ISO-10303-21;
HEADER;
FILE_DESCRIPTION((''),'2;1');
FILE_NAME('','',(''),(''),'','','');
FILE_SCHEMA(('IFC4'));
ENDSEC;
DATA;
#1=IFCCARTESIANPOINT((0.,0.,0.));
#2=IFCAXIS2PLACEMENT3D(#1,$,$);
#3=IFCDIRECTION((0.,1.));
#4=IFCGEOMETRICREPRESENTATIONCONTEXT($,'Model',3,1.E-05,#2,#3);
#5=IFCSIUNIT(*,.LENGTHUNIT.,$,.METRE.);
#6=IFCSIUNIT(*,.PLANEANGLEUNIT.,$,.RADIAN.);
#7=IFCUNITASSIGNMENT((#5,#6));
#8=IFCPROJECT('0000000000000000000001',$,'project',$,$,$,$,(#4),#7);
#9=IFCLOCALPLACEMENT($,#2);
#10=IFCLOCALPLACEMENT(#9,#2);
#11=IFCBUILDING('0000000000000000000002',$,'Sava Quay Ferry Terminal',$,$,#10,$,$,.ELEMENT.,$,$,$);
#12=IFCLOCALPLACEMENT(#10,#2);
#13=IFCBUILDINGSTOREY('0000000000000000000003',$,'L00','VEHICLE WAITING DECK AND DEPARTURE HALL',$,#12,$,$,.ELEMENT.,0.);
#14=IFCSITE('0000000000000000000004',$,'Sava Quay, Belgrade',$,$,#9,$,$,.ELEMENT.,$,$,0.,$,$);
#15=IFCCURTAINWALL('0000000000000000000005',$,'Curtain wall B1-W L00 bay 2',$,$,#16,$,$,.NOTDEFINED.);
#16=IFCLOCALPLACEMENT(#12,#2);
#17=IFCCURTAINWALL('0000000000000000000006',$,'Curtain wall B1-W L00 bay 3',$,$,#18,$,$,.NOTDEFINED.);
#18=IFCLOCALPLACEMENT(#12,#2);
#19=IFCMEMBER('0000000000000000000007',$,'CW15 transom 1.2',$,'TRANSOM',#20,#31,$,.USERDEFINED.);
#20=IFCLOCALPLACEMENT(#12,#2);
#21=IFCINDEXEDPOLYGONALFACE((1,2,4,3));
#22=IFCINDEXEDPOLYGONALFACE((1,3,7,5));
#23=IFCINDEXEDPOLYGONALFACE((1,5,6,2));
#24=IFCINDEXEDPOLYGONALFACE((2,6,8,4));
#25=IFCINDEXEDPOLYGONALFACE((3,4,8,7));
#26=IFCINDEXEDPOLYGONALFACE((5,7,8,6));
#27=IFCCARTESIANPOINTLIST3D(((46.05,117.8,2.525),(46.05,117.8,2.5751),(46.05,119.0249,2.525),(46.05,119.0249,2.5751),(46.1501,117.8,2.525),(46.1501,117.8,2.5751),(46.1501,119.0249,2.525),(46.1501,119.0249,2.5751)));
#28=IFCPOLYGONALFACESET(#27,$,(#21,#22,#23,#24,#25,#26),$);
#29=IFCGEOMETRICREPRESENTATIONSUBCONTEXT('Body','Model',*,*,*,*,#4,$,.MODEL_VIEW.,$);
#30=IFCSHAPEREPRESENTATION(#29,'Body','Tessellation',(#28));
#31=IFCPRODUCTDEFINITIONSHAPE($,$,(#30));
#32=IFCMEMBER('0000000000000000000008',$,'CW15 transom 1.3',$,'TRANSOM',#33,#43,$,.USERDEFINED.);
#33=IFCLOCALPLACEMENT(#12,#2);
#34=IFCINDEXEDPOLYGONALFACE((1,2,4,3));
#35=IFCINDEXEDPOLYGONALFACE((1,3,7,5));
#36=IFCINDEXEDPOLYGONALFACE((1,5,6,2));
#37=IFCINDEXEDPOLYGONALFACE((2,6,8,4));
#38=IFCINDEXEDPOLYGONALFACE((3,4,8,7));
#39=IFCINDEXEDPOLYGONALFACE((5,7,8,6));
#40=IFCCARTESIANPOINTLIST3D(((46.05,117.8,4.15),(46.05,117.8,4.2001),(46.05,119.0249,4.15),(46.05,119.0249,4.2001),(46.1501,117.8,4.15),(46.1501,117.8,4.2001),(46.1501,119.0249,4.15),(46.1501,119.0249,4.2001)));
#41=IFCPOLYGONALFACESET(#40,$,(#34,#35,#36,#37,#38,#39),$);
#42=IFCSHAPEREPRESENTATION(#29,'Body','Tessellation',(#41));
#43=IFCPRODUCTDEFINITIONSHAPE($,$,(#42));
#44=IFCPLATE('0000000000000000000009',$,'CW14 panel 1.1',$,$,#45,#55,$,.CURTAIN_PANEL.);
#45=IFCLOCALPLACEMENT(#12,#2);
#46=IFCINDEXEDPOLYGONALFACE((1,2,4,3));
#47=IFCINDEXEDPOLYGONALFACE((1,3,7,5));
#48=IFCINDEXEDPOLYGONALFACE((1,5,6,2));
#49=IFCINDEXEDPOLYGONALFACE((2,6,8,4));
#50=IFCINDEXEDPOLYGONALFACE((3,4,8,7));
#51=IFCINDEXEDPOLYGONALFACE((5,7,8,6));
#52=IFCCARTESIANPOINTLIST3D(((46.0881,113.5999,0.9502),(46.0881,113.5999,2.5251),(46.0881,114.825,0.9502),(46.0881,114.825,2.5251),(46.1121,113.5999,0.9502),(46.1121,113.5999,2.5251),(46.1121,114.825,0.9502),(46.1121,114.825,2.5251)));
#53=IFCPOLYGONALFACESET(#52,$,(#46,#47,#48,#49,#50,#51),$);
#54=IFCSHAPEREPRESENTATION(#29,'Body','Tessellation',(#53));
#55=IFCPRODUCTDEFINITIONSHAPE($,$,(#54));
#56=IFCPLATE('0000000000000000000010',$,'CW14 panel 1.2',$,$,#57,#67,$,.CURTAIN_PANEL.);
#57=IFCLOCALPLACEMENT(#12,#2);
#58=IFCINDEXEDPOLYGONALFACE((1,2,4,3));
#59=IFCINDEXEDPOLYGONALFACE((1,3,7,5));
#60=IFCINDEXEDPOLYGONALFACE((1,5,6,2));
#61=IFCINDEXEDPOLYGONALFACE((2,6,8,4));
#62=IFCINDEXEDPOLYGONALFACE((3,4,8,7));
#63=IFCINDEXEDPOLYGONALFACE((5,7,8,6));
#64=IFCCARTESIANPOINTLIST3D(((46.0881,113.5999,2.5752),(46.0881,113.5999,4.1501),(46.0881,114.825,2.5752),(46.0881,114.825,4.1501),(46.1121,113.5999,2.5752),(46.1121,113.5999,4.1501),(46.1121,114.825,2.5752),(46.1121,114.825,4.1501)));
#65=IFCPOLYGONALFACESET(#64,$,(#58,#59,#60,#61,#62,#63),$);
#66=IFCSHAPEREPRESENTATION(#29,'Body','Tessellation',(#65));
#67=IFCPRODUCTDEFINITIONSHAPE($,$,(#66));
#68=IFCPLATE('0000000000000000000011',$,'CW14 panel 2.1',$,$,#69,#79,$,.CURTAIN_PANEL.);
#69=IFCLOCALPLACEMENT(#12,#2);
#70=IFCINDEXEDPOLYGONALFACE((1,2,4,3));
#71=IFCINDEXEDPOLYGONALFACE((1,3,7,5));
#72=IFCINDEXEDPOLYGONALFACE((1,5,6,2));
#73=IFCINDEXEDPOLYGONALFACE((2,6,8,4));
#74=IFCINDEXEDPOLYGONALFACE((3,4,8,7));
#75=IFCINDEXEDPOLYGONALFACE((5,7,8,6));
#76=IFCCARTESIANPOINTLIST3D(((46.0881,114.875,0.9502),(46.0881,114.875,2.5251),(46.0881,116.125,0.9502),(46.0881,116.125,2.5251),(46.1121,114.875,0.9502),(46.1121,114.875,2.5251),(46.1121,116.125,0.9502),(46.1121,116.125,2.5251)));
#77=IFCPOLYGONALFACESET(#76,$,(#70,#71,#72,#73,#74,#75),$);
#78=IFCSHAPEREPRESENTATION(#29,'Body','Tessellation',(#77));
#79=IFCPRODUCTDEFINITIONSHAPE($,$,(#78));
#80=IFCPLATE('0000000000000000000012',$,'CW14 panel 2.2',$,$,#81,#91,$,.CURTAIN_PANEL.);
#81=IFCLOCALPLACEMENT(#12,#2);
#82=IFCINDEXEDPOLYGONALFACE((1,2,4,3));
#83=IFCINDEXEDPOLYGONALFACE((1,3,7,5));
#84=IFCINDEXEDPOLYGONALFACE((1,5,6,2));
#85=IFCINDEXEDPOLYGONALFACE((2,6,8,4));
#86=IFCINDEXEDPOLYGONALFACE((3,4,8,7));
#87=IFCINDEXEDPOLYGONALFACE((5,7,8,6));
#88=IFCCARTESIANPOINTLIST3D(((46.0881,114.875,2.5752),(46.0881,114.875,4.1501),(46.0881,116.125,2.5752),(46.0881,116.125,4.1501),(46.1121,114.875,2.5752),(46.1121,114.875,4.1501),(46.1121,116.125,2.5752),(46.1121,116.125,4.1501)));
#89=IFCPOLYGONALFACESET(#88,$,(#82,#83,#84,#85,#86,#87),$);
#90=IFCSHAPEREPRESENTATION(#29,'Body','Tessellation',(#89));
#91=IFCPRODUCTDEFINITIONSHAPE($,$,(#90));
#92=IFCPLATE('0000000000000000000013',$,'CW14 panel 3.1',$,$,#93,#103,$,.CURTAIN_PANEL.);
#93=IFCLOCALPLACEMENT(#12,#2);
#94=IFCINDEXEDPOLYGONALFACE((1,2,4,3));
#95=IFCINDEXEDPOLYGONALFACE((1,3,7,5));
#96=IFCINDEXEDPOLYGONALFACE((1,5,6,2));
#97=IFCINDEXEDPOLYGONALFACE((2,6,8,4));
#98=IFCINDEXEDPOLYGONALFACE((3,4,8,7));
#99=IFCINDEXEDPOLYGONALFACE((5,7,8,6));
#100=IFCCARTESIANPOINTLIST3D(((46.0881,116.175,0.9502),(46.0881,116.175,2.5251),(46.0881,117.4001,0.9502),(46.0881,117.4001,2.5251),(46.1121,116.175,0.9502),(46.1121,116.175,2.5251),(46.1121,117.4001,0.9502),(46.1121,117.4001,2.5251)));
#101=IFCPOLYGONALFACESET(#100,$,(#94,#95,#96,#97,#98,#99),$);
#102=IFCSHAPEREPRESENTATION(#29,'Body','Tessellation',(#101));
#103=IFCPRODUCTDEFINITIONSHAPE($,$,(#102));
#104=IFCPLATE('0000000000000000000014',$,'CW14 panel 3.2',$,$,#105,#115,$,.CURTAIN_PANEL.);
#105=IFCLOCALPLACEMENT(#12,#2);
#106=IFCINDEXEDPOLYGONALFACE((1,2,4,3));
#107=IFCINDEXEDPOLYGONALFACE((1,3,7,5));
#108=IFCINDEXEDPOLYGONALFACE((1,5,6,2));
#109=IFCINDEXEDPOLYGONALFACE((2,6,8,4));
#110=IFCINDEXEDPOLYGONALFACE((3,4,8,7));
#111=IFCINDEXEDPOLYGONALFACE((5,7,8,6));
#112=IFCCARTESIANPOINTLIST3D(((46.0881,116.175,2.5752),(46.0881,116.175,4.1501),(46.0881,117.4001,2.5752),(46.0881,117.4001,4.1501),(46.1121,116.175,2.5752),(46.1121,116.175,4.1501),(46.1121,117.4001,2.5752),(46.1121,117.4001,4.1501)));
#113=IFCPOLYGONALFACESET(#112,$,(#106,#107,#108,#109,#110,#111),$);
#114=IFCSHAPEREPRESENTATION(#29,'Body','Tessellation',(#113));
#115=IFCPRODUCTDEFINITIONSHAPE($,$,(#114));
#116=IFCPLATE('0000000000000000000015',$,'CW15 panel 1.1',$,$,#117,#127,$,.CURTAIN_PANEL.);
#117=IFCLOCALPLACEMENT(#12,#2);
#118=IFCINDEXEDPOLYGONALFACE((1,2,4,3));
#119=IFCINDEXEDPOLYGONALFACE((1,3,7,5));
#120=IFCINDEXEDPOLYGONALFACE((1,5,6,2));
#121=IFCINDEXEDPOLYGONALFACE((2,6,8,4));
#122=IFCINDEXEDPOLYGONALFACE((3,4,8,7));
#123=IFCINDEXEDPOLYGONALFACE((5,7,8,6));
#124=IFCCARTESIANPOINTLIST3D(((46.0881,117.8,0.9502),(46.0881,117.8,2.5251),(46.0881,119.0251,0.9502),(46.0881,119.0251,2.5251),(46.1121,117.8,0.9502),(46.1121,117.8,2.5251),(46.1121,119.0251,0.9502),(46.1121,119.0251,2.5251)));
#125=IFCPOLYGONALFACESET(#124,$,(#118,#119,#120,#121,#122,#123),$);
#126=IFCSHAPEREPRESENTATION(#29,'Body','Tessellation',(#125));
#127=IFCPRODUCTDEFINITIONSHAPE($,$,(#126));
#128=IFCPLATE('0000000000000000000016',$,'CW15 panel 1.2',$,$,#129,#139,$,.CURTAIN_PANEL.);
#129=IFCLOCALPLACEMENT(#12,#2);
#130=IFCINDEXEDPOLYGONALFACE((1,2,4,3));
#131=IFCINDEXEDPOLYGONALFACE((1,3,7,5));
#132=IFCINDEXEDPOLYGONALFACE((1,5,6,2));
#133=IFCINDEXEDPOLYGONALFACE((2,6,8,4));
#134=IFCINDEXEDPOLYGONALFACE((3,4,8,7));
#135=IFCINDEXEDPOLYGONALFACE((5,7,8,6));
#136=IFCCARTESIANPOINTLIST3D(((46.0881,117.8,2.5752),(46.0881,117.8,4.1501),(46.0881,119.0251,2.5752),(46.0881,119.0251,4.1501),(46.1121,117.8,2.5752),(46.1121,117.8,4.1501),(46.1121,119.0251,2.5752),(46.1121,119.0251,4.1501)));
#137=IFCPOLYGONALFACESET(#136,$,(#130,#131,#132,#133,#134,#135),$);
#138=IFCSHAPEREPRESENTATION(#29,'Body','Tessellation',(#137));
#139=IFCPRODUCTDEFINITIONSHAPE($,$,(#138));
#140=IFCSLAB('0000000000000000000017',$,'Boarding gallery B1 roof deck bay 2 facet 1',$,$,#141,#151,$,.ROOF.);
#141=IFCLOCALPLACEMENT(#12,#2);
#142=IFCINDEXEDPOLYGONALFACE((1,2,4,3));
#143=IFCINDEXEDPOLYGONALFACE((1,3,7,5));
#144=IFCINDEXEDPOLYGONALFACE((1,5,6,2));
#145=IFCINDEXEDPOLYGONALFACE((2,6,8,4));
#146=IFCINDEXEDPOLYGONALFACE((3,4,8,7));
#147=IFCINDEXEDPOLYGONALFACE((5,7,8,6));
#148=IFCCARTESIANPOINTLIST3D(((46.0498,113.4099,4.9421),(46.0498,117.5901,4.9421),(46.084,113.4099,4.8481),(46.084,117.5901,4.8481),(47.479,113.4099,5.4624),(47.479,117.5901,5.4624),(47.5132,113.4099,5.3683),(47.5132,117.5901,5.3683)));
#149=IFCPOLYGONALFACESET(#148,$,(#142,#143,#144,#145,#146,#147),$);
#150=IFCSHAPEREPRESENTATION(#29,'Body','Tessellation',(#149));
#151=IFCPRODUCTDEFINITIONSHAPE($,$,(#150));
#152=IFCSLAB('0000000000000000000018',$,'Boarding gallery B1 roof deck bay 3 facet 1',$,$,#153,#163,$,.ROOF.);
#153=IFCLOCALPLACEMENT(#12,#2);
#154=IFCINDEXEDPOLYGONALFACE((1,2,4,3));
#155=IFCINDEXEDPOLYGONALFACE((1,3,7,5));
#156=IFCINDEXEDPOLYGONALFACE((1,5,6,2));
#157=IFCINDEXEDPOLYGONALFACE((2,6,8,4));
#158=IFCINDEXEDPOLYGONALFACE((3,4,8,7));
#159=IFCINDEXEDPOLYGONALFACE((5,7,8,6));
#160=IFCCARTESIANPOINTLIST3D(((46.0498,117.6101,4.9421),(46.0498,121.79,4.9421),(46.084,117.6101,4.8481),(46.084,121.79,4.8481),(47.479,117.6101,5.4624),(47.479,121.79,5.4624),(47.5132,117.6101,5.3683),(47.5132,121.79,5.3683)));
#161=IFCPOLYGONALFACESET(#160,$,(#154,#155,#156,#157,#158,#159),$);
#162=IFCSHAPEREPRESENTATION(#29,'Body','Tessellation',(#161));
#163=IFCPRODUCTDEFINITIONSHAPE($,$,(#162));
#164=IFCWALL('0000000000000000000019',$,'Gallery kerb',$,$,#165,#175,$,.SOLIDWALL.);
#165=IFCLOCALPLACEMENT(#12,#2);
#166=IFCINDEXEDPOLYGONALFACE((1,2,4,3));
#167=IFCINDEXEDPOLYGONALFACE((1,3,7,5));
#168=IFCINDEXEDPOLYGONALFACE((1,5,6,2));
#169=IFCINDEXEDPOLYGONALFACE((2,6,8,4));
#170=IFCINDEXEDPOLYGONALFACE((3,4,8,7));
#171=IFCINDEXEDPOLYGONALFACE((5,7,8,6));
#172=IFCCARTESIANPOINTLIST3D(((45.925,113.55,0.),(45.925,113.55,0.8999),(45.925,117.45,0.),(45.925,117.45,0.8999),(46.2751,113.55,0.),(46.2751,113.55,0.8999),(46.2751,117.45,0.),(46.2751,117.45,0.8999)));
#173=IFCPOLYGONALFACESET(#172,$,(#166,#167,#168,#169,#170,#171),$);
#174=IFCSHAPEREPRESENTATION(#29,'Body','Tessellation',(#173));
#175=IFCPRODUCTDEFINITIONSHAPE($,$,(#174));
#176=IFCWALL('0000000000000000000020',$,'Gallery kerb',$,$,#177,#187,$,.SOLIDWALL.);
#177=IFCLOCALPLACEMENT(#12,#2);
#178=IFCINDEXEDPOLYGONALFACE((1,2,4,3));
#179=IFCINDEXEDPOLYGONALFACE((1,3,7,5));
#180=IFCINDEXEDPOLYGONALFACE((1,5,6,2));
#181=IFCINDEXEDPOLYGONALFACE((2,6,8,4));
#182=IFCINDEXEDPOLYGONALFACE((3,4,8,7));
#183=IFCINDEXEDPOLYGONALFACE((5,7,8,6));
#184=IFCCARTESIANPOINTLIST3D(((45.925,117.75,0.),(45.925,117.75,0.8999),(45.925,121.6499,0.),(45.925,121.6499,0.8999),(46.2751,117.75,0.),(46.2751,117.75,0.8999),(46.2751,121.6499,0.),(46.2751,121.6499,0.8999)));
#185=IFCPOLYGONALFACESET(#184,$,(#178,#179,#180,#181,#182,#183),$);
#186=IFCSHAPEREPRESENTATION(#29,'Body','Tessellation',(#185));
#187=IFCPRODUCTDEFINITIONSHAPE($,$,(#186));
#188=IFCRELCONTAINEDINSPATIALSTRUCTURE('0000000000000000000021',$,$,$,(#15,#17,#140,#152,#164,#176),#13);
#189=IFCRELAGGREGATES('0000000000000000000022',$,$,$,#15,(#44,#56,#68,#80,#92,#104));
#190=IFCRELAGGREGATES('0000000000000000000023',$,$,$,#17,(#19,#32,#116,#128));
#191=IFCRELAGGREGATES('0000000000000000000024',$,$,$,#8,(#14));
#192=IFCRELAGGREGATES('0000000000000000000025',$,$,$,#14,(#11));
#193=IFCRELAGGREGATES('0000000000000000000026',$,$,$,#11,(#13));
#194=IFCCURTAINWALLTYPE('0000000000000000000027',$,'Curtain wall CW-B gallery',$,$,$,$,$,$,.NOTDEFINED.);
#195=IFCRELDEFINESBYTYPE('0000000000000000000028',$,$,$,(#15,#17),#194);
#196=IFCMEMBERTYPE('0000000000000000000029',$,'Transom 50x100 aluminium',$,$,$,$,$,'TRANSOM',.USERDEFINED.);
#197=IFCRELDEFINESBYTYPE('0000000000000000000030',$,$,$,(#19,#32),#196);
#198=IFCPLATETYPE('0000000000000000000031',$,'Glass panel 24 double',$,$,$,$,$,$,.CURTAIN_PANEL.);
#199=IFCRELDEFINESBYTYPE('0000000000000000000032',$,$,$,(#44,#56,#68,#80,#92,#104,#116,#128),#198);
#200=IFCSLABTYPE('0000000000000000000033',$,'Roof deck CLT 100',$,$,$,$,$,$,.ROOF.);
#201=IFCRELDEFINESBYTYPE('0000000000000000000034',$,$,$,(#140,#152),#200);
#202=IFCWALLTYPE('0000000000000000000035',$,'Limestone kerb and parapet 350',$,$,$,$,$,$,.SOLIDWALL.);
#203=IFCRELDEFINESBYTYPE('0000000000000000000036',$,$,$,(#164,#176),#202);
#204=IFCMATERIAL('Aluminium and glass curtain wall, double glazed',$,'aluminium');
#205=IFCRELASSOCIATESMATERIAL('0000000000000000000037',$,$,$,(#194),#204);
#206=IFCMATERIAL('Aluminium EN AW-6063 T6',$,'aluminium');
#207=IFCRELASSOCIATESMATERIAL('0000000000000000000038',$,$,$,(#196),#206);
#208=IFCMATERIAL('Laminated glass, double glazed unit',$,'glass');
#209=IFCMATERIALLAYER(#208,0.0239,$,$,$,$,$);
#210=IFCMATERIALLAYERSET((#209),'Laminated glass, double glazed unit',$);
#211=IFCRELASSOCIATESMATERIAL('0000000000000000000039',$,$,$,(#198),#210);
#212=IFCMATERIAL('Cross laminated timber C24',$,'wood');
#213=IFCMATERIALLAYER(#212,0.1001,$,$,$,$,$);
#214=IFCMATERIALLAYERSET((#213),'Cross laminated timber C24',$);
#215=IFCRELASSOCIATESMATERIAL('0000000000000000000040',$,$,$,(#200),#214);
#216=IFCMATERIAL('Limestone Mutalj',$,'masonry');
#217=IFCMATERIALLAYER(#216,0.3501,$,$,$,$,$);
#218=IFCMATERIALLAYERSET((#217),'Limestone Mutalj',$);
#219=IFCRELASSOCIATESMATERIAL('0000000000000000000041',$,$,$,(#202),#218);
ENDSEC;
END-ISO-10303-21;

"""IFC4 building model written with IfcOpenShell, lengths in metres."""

from ifc_helpers import new_model, si_unit, direction, frame, frame_2d, origin, origin_2d, place, context, subcontext, project, spatial, polyline, rectangle, outline, extrude, material, layer, layer_set, material_profile, profile_set, type_object, element, aggregate, save


model = new_model("IFC4")

# Units and contexts
model_context = context("Model", 3, precision=1e-05, world=origin(), true_north=direction((0.0, 1.0)))
body_context = subcontext(model_context, "Body", "Model", "MODEL_VIEW")
ifc_project = project(units=[si_unit("LENGTHUNIT", "METRE"), si_unit("PLANEANGLEUNIT", "RADIAN")], contexts=[model_context])

# Site, building, storey
site_placement = place(None, origin())
site = spatial("IfcSite", under=ifc_project, at=site_placement, Name="Sava Quay, Belgrade", CompositionType="ELEMENT", RefElevation=0.0)
building_placement = place(site_placement, origin())
building = spatial("IfcBuilding", under=site, at=building_placement, Name="Sava Quay Ferry Terminal", CompositionType="ELEMENT")
storey_placement = place(building_placement, origin())
storey = spatial("IfcBuildingStorey", under=building, at=storey_placement, Name="L00", Description="VEHICLE WAITING DECK AND DEPARTURE HALL", CompositionType="ELEMENT", Elevation=0.0)

# Curtain wall
ifc_material_1 = material(Name="Aluminium and glass curtain wall, double glazed", Category="aluminium")
curtain_wall_type = type_object("IfcCurtainWallType", Name="Curtain wall CW-B gallery", PredefinedType="NOTDEFINED", material=ifc_material_1)
curtain_wall_1_placement = place(storey_placement, origin())
curtain_wall_1 = element("IfcCurtainWall", 1, at=curtain_wall_1_placement, inside=storey, type_object=curtain_wall_type, Name="Curtain wall B1-W L00 bay 2", PredefinedType="NOTDEFINED")

# Curtain wall
curtain_wall_2_placement = place(storey_placement, origin())
curtain_wall_2 = element("IfcCurtainWall", 2, at=curtain_wall_2_placement, inside=storey, type_object=curtain_wall_type, Name="Curtain wall B1-W L00 bay 3", PredefinedType="NOTDEFINED")

# Members
ifc_material_2 = material(Name="Aluminium EN AW-6063 T6", Category="aluminium")
ifc_material_profile_1 = material_profile(ifc_material_2, rectangle(XDim=0.1001, YDim=0.05, at=origin_2d()), Name="Transom 50x100 aluminium")
ifc_profile_set_1 = profile_set([ifc_material_profile_1], Name="Aluminium EN AW-6063 T6")
member_type_1 = type_object("IfcMemberType", Name="Transom 50x100 aluminium", ElementType="TRANSOM", PredefinedType="USERDEFINED", material=ifc_profile_set_1)
member_1_placement = place(storey_placement, frame((46.1001, 117.8, 2.55), z_axis=(0.0, 1.0, 0.0), x_axis=(-1.0, 0.0, 0.0)))
member_1 = element("IfcMember", 3, at=member_1_placement, type_object=member_type_1, Name="CW15 transom 1.2", ObjectType="TRANSOM", PredefinedType="USERDEFINED", context=body_context, shape_type="SweptSolid", body=[
    extrude(rectangle(XDim=0.1001, YDim=0.05, at=origin_2d()), origin(), (0.0, 0.0, 1.0), 1.2249),
])
member_2_placement = place(storey_placement, frame((46.1001, 117.8, 4.175), z_axis=(0.0, 1.0, 0.0), x_axis=(-1.0, 0.0, 0.0)))
member_2 = element("IfcMember", 4, at=member_2_placement, type_object=member_type_1, Name="CW15 transom 1.3", ObjectType="TRANSOM", PredefinedType="USERDEFINED", context=body_context, shape_type="SweptSolid", body=[
    extrude(rectangle(XDim=0.1001, YDim=0.05, at=origin_2d()), origin(), (0.0, 0.0, 1.0), 1.2249),
])

# Plates
ifc_material_3 = material(Name="Laminated glass, double glazed unit", Category="glass")
ifc_layer_1 = layer(ifc_material_3, 0.0239)
ifc_layer_set_1 = layer_set([ifc_layer_1], Name="Laminated glass, double glazed unit")
plate_type = type_object("IfcPlateType", Name="Glass panel 24 double", PredefinedType="CURTAIN_PANEL", material=ifc_layer_set_1)
plate_1_placement = place(storey_placement, frame((46.1001, 114.2124, 0.9502), z_axis=(0.0, 0.0, 1.0), x_axis=(0.0, 1.0, 0.0)))
plate_1 = element("IfcPlate", 5, at=plate_1_placement, type_object=plate_type, Name="CW14 panel 1.1", PredefinedType="CURTAIN_PANEL", context=body_context, shape_type="SweptSolid", body=[
    extrude(rectangle(XDim=1.2251, YDim=0.0239, at=origin_2d()), origin(), (0.0, 0.0, 1.0), 1.575),
])
plate_2_placement = place(storey_placement, frame((46.1001, 114.2124, 2.5752), z_axis=(0.0, 0.0, 1.0), x_axis=(0.0, 1.0, 0.0)))
plate_2 = element("IfcPlate", 6, at=plate_2_placement, type_object=plate_type, Name="CW14 panel 1.2", PredefinedType="CURTAIN_PANEL", context=body_context, shape_type="SweptSolid", body=[
    extrude(rectangle(XDim=1.2251, YDim=0.0239, at=origin_2d()), origin(), (0.0, 0.0, 1.0), 1.575),
])
plate_3_placement = place(storey_placement, frame((46.1001, 115.5, 0.9502), z_axis=(0.0, 0.0, 1.0), x_axis=(0.0, 1.0, 0.0)))
plate_3 = element("IfcPlate", 7, at=plate_3_placement, type_object=plate_type, Name="CW14 panel 2.1", PredefinedType="CURTAIN_PANEL", context=body_context, shape_type="SweptSolid", body=[
    extrude(rectangle(XDim=1.25, YDim=0.0239, at=origin_2d()), origin(), (0.0, 0.0, 1.0), 1.575),
])
plate_4_placement = place(storey_placement, frame((46.1001, 115.5, 2.5752), z_axis=(0.0, 0.0, 1.0), x_axis=(0.0, 1.0, 0.0)))
plate_4 = element("IfcPlate", 8, at=plate_4_placement, type_object=plate_type, Name="CW14 panel 2.2", PredefinedType="CURTAIN_PANEL", context=body_context, shape_type="SweptSolid", body=[
    extrude(rectangle(XDim=1.25, YDim=0.0239, at=origin_2d()), origin(), (0.0, 0.0, 1.0), 1.575),
])
plate_5_placement = place(storey_placement, frame((46.1001, 116.7876, 0.9502), z_axis=(0.0, 0.0, 1.0), x_axis=(0.0, 1.0, 0.0)))
plate_5 = element("IfcPlate", 9, at=plate_5_placement, type_object=plate_type, Name="CW14 panel 3.1", PredefinedType="CURTAIN_PANEL", context=body_context, shape_type="SweptSolid", body=[
    extrude(rectangle(XDim=1.2251, YDim=0.0239, at=origin_2d()), origin(), (0.0, 0.0, 1.0), 1.575),
])
plate_6_placement = place(storey_placement, frame((46.1001, 116.7876, 2.5752), z_axis=(0.0, 0.0, 1.0), x_axis=(0.0, 1.0, 0.0)))
plate_6 = element("IfcPlate", 10, at=plate_6_placement, type_object=plate_type, Name="CW14 panel 3.2", PredefinedType="CURTAIN_PANEL", context=body_context, shape_type="SweptSolid", body=[
    extrude(rectangle(XDim=1.2251, YDim=0.0239, at=origin_2d()), origin(), (0.0, 0.0, 1.0), 1.575),
])
aggregate(curtain_wall_1, [plate_1, plate_2, plate_3, plate_4, plate_5, plate_6])
plate_7_placement = place(storey_placement, frame((46.1001, 118.4126, 0.9502), z_axis=(0.0, 0.0, 1.0), x_axis=(0.0, 1.0, 0.0)))
plate_7 = element("IfcPlate", 11, at=plate_7_placement, type_object=plate_type, Name="CW15 panel 1.1", PredefinedType="CURTAIN_PANEL", context=body_context, shape_type="SweptSolid", body=[
    extrude(rectangle(XDim=1.2251, YDim=0.0239, at=origin_2d()), origin(), (0.0, 0.0, 1.0), 1.575),
])
plate_8_placement = place(storey_placement, frame((46.1001, 118.4126, 2.5752), z_axis=(0.0, 0.0, 1.0), x_axis=(0.0, 1.0, 0.0)))
plate_8 = element("IfcPlate", 12, at=plate_8_placement, type_object=plate_type, Name="CW15 panel 1.2", PredefinedType="CURTAIN_PANEL", context=body_context, shape_type="SweptSolid", body=[
    extrude(rectangle(XDim=1.2251, YDim=0.0239, at=origin_2d()), origin(), (0.0, 0.0, 1.0), 1.575),
])
aggregate(curtain_wall_2, [member_1, member_2, plate_7, plate_8])

# Slabs
ifc_material_4 = material(Name="Cross laminated timber C24", Category="wood")
ifc_layer_2 = layer(ifc_material_4, 0.1001)
ifc_layer_set_2 = layer_set([ifc_layer_2], Name="Cross laminated timber C24")
slab_type = type_object("IfcSlabType", Name="Roof deck CLT 100", PredefinedType="ROOF", material=ifc_layer_set_2)
slab_1_placement = place(storey_placement, frame((46.0498, 113.4099, 4.9421), z_axis=(-0.342065, 0.0, 0.939676), x_axis=(0.939676, 0.0, 0.342065)))
element("IfcSlab", 13, at=slab_1_placement, inside=storey, type_object=slab_type, Name="Boarding gallery B1 roof deck bay 2 facet 1", PredefinedType="ROOF", context=body_context, shape_type="SweptSolid", body=[
    extrude(outline(polyline([(0.0, 0.0), (1.5209, 0.0), (1.5209, 4.1802), (0.0, 4.1802), (0.0, 0.0)])), origin(), (0.0, 0.0, -1.0), 0.1001),
])
slab_2_placement = place(storey_placement, frame((46.0498, 117.6101, 4.9421), z_axis=(-0.342065, 0.0, 0.939676), x_axis=(0.939676, 0.0, 0.342065)))
element("IfcSlab", 14, at=slab_2_placement, inside=storey, type_object=slab_type, Name="Boarding gallery B1 roof deck bay 3 facet 1", PredefinedType="ROOF", context=body_context, shape_type="SweptSolid", body=[
    extrude(outline(polyline([(0.0, 0.0), (1.5209, 0.0), (1.5209, 4.1799), (0.0, 4.1799), (0.0, 0.0)])), origin(), (0.0, 0.0, -1.0), 0.1001),
])

# Walls
ifc_material_5 = material(Name="Limestone Mutalj", Category="masonry")
ifc_layer_3 = layer(ifc_material_5, 0.3501)
ifc_layer_set_3 = layer_set([ifc_layer_3], Name="Limestone Mutalj")
wall_type = type_object("IfcWallType", Name="Limestone kerb and parapet 350", PredefinedType="SOLIDWALL", material=ifc_layer_set_3)
for number, where, z_axis, x_axis, name in (
    (15, (46.1001, 113.55, 0.0), (0.0, 0.0, 1.0), (0.0, 1.0, 0.0), "Gallery kerb"),
    (16, (46.1001, 117.75, 0.0), (0.0, 0.0, 1.0), (0.0, 1.0, 0.0), "Gallery kerb"),
):
    element("IfcWall", number, at=place(storey_placement, frame(where, z_axis=z_axis, x_axis=x_axis)), inside=storey, type_object=wall_type, Name=name, PredefinedType="SOLIDWALL", context=body_context, shape_type="SweptSolid", body=[
        extrude(rectangle(XDim=3.8999, YDim=0.3501, at=frame_2d((1.95, 0.0))), origin(), (0.0, 0.0, 1.0), 0.8999),
    ])

save(model, "model.ifc")
